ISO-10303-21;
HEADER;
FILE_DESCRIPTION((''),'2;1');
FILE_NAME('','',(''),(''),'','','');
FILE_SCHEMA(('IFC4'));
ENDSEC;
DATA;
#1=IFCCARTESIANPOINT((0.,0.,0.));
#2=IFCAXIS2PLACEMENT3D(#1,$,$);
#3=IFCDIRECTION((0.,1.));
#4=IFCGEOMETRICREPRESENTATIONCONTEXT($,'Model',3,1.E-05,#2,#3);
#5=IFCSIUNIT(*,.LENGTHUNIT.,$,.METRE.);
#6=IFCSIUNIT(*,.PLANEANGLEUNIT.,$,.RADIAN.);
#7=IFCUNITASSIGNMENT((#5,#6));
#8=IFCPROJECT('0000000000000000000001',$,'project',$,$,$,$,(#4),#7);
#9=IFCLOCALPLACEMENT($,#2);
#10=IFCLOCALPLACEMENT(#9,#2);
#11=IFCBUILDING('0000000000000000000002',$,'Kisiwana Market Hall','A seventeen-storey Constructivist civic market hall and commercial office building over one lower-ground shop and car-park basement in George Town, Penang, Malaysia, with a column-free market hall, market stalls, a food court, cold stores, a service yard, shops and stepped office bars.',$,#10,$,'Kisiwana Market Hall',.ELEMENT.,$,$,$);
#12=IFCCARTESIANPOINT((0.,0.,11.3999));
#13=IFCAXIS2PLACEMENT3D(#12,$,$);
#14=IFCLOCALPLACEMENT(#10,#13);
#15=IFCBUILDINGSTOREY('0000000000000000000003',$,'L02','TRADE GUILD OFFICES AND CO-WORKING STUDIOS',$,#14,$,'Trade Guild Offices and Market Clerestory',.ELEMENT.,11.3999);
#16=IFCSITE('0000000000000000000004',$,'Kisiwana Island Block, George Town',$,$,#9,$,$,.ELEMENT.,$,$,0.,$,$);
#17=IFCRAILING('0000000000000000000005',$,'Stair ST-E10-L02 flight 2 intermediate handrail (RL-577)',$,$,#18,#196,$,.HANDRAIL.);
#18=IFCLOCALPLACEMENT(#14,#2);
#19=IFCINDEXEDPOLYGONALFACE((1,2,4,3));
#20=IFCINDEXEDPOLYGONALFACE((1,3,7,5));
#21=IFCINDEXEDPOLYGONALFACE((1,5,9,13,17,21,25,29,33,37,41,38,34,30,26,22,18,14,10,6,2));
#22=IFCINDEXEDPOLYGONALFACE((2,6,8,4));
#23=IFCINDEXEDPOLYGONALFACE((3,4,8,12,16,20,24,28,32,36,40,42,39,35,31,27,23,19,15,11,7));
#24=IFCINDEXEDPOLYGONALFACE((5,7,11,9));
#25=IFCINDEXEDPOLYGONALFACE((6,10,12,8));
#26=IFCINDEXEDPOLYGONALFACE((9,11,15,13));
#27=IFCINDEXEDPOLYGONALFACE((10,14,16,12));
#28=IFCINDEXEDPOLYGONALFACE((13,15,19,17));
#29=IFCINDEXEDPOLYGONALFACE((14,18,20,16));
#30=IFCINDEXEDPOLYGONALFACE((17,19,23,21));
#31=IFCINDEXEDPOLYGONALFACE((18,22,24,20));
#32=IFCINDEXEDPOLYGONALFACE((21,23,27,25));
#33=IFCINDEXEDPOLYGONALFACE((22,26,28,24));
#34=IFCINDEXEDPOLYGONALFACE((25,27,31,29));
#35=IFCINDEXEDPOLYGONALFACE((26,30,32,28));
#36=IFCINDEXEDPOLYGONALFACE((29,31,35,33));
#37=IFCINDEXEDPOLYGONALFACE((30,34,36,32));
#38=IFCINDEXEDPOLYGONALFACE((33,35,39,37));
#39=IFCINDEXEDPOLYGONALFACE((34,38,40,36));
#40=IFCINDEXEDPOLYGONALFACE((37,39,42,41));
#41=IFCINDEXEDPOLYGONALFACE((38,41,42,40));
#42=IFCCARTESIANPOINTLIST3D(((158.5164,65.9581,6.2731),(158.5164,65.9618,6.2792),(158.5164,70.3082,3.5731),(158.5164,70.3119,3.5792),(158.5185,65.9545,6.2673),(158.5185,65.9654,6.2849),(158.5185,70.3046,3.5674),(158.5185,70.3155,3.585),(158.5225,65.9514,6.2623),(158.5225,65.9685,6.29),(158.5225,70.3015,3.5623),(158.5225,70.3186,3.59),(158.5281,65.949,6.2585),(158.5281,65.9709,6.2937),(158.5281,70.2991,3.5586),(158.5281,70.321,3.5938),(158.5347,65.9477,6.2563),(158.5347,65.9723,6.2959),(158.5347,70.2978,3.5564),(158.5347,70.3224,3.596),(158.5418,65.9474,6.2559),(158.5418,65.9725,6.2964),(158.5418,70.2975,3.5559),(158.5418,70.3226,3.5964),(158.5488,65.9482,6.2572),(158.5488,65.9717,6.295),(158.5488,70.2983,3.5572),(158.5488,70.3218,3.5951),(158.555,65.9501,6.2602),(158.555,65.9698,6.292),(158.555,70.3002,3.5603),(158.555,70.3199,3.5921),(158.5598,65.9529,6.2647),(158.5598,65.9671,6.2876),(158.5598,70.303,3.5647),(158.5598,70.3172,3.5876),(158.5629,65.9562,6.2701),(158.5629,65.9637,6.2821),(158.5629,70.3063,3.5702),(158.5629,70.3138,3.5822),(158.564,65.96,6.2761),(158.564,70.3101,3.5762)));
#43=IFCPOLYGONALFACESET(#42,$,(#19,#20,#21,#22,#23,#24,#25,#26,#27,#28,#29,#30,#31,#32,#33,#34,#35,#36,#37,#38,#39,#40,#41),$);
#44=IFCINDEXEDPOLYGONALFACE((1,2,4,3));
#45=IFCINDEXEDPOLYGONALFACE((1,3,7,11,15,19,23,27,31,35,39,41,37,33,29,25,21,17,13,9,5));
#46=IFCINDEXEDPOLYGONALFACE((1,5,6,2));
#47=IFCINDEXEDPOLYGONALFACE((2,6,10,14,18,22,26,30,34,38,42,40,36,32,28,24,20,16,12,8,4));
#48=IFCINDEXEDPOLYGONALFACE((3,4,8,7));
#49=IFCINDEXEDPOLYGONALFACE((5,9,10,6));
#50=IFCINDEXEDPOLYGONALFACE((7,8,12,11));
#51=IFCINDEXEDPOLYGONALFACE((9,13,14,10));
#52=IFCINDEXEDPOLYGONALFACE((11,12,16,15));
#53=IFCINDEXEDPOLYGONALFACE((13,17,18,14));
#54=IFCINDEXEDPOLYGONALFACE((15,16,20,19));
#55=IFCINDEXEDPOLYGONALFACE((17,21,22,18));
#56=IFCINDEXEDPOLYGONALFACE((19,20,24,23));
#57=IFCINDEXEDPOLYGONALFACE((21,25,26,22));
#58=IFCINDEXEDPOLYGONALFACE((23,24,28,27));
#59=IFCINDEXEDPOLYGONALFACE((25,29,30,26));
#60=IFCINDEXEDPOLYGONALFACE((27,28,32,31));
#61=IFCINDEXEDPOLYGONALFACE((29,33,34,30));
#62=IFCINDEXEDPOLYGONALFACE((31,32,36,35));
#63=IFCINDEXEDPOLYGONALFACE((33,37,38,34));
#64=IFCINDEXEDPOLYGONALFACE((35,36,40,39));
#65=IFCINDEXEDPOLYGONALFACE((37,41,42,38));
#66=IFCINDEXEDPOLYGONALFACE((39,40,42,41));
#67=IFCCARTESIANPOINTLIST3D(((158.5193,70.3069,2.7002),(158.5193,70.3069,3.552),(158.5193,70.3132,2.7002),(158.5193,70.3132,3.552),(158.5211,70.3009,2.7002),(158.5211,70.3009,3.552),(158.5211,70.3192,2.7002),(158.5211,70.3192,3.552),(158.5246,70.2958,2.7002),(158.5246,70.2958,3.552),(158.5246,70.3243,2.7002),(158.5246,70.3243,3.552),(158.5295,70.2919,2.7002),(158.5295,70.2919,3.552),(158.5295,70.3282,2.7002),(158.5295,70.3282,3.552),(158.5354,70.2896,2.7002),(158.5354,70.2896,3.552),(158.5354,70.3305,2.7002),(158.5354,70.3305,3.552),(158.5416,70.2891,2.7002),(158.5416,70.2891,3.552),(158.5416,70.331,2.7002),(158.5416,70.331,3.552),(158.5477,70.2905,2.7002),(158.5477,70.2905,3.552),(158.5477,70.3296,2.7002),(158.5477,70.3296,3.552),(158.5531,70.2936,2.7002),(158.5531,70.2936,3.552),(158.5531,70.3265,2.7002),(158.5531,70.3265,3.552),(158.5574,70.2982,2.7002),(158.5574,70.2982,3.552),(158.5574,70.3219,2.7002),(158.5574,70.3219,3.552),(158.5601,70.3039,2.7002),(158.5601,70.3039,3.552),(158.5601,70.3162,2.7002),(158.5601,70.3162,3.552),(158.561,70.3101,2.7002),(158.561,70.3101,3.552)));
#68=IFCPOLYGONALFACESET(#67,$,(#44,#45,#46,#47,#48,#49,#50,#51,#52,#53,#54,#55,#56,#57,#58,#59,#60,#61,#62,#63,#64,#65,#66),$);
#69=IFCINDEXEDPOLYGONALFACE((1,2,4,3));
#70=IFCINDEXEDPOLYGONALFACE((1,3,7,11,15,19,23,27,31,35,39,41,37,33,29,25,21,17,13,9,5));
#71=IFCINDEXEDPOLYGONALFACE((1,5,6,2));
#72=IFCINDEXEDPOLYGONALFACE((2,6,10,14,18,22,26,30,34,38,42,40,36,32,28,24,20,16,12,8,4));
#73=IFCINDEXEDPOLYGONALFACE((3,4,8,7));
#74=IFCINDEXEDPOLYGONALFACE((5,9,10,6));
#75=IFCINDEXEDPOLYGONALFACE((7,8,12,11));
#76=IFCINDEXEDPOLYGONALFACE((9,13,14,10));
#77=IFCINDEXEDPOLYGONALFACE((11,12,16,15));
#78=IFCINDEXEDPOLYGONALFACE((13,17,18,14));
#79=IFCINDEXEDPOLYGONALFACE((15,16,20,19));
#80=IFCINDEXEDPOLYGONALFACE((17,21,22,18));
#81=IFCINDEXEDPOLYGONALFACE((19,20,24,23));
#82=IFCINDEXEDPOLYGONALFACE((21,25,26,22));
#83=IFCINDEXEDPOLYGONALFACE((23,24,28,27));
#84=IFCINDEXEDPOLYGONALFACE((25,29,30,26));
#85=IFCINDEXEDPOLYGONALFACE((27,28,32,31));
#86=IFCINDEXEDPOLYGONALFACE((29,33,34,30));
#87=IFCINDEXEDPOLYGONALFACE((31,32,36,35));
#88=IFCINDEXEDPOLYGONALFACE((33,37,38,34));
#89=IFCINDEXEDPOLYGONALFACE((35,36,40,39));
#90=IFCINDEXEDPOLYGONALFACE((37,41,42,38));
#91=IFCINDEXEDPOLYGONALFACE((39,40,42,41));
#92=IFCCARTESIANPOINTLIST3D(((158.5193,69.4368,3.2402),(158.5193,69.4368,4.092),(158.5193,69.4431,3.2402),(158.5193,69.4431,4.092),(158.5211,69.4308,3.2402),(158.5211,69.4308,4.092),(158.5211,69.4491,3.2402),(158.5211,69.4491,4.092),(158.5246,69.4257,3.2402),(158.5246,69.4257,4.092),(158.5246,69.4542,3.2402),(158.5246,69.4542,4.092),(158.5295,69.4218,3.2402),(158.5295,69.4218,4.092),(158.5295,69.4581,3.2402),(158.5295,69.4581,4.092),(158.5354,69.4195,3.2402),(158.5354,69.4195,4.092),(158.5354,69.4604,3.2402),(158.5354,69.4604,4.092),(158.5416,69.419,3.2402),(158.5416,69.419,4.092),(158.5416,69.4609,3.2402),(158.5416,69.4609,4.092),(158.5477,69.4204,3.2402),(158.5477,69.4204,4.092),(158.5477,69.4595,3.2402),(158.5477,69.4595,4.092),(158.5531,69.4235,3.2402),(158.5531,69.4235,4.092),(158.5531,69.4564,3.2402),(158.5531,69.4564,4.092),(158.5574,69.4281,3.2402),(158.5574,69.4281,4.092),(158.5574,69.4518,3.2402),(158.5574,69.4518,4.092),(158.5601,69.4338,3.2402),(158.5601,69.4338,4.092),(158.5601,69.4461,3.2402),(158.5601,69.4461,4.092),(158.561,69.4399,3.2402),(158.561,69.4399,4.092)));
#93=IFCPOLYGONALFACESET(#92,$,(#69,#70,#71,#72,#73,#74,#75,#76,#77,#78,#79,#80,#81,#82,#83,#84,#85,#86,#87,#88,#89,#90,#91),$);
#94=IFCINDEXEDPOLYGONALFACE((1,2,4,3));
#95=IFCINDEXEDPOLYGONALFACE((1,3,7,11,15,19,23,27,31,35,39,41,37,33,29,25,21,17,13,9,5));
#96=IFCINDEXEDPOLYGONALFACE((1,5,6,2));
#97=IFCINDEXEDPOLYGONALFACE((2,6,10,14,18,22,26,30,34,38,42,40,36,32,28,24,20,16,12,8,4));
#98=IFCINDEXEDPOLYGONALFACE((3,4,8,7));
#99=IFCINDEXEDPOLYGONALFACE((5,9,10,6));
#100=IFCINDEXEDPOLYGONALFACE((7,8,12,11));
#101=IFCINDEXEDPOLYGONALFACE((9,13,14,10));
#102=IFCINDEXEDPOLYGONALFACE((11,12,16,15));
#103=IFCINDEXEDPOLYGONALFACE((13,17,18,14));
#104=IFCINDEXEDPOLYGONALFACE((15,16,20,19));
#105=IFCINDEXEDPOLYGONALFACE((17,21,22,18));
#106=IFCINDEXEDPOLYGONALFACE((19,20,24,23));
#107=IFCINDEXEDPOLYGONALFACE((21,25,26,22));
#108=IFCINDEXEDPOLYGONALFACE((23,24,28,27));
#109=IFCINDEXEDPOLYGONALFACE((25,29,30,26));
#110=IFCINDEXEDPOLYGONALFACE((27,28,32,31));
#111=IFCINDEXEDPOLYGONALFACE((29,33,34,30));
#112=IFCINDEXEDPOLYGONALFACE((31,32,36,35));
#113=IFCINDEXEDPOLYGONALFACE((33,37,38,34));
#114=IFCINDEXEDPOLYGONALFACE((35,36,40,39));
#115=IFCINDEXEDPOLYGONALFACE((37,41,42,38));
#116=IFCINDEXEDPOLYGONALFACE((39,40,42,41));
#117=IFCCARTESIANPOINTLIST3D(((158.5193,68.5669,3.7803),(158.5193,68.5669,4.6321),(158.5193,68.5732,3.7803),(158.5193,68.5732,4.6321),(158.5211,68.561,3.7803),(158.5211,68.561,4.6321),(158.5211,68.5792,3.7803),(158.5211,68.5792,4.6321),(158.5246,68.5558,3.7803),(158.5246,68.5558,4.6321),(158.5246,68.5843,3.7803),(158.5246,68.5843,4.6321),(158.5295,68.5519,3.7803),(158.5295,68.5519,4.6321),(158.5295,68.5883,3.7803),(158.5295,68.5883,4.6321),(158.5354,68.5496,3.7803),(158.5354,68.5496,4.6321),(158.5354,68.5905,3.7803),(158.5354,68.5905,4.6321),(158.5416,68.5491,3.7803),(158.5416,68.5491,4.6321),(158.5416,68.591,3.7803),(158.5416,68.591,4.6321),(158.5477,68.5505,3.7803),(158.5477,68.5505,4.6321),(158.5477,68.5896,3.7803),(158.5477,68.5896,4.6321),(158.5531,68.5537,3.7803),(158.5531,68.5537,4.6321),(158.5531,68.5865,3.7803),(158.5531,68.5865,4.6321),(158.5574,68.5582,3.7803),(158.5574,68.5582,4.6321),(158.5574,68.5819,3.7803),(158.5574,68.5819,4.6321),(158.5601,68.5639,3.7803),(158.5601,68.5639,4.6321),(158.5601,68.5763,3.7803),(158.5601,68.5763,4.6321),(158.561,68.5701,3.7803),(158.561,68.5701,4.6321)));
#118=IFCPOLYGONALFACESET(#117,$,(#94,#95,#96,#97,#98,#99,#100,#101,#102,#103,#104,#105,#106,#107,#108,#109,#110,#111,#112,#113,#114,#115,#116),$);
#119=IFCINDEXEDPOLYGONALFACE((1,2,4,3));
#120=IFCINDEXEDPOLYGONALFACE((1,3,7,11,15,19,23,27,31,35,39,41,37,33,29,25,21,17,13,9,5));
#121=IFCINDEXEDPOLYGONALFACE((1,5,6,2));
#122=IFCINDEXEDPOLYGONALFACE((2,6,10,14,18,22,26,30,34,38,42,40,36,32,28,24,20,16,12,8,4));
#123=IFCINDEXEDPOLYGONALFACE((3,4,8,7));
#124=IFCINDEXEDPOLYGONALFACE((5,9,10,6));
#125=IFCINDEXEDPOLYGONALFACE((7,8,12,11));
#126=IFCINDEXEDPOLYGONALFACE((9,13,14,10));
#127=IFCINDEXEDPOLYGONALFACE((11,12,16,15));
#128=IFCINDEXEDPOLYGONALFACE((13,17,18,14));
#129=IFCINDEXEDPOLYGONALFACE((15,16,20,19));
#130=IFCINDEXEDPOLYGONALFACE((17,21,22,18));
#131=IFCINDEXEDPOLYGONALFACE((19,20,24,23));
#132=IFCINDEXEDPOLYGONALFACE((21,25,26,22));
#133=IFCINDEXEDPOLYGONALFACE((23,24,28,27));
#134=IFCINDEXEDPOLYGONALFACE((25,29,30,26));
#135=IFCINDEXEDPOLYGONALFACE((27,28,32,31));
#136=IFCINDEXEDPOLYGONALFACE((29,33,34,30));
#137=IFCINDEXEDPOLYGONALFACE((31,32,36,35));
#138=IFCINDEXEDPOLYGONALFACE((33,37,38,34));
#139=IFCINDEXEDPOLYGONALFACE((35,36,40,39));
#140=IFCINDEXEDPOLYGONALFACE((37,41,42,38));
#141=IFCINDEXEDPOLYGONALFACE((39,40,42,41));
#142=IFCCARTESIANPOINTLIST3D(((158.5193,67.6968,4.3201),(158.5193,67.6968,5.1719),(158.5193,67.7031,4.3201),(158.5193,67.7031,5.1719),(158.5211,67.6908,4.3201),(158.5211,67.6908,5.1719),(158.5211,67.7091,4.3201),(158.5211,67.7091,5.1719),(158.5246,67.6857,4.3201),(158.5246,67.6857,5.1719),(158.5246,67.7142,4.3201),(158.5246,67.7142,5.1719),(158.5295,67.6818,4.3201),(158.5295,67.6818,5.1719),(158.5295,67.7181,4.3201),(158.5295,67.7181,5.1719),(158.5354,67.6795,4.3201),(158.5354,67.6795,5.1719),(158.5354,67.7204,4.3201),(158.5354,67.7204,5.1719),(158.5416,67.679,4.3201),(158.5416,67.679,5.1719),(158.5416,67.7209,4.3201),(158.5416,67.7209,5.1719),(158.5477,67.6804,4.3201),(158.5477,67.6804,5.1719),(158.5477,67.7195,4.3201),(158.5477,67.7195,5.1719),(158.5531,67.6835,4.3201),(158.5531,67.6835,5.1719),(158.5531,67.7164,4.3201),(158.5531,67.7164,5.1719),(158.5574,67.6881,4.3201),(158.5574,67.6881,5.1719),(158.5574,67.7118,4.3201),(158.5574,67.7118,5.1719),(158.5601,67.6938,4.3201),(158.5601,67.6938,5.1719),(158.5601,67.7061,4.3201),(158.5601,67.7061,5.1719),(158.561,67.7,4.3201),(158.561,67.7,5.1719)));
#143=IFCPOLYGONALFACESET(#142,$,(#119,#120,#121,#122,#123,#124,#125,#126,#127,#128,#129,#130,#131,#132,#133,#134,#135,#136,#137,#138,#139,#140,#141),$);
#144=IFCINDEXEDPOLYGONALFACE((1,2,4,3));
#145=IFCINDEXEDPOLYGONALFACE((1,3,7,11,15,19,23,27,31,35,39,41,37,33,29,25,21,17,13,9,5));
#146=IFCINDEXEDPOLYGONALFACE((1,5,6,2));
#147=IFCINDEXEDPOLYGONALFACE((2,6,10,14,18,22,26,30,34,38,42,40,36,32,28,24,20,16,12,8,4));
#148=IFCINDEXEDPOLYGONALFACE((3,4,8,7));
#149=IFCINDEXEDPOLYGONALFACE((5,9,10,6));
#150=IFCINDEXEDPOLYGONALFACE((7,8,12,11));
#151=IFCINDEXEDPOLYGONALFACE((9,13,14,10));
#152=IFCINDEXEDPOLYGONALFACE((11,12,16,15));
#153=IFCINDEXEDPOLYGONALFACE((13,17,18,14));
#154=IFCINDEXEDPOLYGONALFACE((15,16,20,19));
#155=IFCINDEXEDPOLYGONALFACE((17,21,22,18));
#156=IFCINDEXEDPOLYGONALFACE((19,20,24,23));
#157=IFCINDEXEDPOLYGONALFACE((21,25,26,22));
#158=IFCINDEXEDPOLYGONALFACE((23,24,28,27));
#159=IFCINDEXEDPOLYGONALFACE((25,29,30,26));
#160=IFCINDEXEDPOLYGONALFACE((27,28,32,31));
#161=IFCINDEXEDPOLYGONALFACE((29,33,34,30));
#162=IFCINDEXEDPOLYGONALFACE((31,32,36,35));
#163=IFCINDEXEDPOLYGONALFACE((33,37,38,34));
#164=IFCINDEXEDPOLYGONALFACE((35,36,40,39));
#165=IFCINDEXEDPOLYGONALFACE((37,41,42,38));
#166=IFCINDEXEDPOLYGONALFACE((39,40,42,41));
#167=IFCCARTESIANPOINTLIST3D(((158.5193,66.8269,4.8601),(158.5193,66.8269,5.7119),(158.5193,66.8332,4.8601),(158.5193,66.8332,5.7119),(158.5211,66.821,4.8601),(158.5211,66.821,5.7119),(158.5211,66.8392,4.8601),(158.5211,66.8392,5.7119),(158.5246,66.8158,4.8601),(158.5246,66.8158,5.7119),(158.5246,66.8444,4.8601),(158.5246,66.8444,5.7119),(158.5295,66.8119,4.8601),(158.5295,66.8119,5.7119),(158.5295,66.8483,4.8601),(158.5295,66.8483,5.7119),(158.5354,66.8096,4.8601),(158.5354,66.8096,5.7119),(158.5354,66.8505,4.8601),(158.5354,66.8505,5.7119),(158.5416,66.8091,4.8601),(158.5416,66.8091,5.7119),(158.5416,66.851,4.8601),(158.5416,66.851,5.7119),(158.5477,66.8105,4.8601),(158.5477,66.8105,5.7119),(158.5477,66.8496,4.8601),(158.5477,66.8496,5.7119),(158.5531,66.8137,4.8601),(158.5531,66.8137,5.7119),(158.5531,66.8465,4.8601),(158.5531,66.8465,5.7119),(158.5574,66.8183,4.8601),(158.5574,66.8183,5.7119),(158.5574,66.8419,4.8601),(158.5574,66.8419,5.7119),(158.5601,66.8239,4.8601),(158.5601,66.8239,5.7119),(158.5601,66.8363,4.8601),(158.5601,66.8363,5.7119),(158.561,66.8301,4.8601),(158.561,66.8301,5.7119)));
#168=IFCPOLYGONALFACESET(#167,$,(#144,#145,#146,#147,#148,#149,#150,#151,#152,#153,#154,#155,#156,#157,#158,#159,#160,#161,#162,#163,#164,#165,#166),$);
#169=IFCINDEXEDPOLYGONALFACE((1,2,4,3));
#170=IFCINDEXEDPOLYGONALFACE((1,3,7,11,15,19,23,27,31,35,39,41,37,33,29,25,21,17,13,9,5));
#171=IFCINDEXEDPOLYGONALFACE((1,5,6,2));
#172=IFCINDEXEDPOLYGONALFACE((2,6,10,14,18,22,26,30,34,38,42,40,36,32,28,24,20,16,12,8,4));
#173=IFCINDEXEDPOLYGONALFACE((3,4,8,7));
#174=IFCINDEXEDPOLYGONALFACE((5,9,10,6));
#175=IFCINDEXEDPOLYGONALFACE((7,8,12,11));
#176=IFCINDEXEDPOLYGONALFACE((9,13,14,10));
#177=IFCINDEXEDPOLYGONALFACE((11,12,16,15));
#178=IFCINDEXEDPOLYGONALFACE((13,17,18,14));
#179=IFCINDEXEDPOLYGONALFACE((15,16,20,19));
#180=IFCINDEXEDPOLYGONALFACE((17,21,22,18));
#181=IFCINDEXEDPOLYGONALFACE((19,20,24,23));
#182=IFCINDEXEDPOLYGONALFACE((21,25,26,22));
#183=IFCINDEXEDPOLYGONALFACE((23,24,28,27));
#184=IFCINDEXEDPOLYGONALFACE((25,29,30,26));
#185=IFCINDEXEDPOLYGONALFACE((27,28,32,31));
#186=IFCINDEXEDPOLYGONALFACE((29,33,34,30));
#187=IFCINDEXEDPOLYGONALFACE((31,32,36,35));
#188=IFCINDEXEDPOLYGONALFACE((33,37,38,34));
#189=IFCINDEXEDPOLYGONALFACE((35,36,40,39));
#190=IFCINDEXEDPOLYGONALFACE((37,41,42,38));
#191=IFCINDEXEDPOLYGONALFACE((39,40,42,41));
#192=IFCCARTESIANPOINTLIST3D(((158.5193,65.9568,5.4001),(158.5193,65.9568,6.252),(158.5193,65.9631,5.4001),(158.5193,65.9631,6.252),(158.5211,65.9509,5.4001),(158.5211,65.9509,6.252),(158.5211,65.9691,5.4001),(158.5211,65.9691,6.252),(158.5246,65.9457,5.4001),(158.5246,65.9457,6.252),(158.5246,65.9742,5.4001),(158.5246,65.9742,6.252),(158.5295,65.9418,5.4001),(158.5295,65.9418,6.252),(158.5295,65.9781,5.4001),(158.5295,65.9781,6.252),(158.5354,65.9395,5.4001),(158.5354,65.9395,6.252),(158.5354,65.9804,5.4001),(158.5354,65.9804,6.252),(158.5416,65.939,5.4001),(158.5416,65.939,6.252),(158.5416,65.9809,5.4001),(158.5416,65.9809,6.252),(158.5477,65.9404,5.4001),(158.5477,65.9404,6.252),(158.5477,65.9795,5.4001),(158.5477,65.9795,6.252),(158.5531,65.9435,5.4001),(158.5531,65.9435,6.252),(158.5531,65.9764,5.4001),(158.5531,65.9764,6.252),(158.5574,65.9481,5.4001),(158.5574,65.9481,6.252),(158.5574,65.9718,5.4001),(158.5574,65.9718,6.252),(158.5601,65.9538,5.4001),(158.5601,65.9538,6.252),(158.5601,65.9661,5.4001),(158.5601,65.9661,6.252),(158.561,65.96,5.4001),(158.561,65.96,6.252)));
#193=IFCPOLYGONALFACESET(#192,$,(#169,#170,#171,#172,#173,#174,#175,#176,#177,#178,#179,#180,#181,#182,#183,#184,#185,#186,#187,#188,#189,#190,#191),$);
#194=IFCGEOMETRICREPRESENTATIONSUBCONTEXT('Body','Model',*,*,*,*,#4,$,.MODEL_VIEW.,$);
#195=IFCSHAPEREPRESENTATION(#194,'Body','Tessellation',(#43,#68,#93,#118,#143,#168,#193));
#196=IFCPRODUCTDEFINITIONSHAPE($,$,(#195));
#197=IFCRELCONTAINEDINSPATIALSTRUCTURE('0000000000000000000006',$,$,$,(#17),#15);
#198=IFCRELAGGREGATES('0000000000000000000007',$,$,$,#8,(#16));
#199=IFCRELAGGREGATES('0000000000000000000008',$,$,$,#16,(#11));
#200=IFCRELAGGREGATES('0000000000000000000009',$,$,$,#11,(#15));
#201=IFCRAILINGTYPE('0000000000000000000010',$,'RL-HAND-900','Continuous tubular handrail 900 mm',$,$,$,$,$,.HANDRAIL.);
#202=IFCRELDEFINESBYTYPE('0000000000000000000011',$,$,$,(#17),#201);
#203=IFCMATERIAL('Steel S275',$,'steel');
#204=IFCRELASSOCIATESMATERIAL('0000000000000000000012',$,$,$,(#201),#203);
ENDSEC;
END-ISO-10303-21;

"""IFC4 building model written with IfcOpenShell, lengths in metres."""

from ifc_helpers import new_model, si_unit, direction, frame, origin, origin_2d, place, context, subcontext, project, spatial, circle, extrude, material, type_object, element, save


model = new_model("IFC4")

# Units and contexts
model_context = context("Model", 3, precision=1e-05, world=origin(), true_north=direction((0.0, 1.0)))
body_context = subcontext(model_context, "Body", "Model", "MODEL_VIEW")
ifc_project = project(units=[si_unit("LENGTHUNIT", "METRE"), si_unit("PLANEANGLEUNIT", "RADIAN")], contexts=[model_context])

# Site, building, storey
site_placement = place(None, origin())
site = spatial("IfcSite", under=ifc_project, at=site_placement, Name="Kisiwana Island Block, George Town", CompositionType="ELEMENT", RefElevation=0.0)
building_placement = place(site_placement, origin())
building = spatial("IfcBuilding", under=site, at=building_placement, Name="Kisiwana Market Hall", Description="A seventeen-storey Constructivist civic market hall and commercial office building over one lower-ground shop and car-park basement in George Town, Penang, Malaysia, with a column-free market hall, market stalls, a food court, cold stores, a service yard, shops and stepped office bars.", LongName="Kisiwana Market Hall", CompositionType="ELEMENT")
storey_placement = place(building_placement, frame((0.0, 0.0, 11.3999)))
storey = spatial("IfcBuildingStorey", under=building, at=storey_placement, Name="L02", Description="TRADE GUILD OFFICES AND CO-WORKING STUDIOS", LongName="Trade Guild Offices and Market Clerestory", CompositionType="ELEMENT", Elevation=11.3999)

# Railing
ifc_material_1 = material(Name="Steel S275", Category="steel")
railing_type_1 = type_object("IfcRailingType", Name="RL-HAND-900", Description="Continuous tubular handrail 900 mm", PredefinedType="HANDRAIL", material=ifc_material_1)
railing_1_placement = place(storey_placement, frame((158.54, 70.3101, 2.7002)))
element("IfcRailing", 1, at=railing_1_placement, inside=storey, type_object=railing_type_1, Name="Stair ST-E10-L02 flight 2 intermediate handrail (RL-577)", PredefinedType="HANDRAIL", context=body_context, shape_type="SweptSolid", body=[
    extrude(circle(Radius=0.0239, at=origin_2d()), frame((0.0, 0.0, 0.876), z_axis=(0.0, -0.84965, 0.527347), x_axis=(1.0, 0.0, 0.0)), (0.0, 0.0, 1.0), 5.1199),
    extrude(circle(Radius=0.021, at=origin_2d()), origin(), (0.0, 0.0, 1.0), 0.8518),
    extrude(circle(Radius=0.021, at=origin_2d()), frame((0.0, -0.8701, 0.54)), (0.0, 0.0, 1.0), 0.8518),
    extrude(circle(Radius=0.021, at=origin_2d()), frame((0.0, -1.74, 1.0801)), (0.0, 0.0, 1.0), 0.8518),
    extrude(circle(Radius=0.021, at=origin_2d()), frame((0.0, -2.6101, 1.6199)), (0.0, 0.0, 1.0), 0.8518),
    extrude(circle(Radius=0.021, at=origin_2d()), frame((0.0, -3.48, 2.1599)), (0.0, 0.0, 1.0), 0.8518),
    extrude(circle(Radius=0.021, at=origin_2d()), frame((0.0, -4.3501, 2.7)), (0.0, 0.0, 1.0), 0.8518),
])

save(model, "model.ifc")
